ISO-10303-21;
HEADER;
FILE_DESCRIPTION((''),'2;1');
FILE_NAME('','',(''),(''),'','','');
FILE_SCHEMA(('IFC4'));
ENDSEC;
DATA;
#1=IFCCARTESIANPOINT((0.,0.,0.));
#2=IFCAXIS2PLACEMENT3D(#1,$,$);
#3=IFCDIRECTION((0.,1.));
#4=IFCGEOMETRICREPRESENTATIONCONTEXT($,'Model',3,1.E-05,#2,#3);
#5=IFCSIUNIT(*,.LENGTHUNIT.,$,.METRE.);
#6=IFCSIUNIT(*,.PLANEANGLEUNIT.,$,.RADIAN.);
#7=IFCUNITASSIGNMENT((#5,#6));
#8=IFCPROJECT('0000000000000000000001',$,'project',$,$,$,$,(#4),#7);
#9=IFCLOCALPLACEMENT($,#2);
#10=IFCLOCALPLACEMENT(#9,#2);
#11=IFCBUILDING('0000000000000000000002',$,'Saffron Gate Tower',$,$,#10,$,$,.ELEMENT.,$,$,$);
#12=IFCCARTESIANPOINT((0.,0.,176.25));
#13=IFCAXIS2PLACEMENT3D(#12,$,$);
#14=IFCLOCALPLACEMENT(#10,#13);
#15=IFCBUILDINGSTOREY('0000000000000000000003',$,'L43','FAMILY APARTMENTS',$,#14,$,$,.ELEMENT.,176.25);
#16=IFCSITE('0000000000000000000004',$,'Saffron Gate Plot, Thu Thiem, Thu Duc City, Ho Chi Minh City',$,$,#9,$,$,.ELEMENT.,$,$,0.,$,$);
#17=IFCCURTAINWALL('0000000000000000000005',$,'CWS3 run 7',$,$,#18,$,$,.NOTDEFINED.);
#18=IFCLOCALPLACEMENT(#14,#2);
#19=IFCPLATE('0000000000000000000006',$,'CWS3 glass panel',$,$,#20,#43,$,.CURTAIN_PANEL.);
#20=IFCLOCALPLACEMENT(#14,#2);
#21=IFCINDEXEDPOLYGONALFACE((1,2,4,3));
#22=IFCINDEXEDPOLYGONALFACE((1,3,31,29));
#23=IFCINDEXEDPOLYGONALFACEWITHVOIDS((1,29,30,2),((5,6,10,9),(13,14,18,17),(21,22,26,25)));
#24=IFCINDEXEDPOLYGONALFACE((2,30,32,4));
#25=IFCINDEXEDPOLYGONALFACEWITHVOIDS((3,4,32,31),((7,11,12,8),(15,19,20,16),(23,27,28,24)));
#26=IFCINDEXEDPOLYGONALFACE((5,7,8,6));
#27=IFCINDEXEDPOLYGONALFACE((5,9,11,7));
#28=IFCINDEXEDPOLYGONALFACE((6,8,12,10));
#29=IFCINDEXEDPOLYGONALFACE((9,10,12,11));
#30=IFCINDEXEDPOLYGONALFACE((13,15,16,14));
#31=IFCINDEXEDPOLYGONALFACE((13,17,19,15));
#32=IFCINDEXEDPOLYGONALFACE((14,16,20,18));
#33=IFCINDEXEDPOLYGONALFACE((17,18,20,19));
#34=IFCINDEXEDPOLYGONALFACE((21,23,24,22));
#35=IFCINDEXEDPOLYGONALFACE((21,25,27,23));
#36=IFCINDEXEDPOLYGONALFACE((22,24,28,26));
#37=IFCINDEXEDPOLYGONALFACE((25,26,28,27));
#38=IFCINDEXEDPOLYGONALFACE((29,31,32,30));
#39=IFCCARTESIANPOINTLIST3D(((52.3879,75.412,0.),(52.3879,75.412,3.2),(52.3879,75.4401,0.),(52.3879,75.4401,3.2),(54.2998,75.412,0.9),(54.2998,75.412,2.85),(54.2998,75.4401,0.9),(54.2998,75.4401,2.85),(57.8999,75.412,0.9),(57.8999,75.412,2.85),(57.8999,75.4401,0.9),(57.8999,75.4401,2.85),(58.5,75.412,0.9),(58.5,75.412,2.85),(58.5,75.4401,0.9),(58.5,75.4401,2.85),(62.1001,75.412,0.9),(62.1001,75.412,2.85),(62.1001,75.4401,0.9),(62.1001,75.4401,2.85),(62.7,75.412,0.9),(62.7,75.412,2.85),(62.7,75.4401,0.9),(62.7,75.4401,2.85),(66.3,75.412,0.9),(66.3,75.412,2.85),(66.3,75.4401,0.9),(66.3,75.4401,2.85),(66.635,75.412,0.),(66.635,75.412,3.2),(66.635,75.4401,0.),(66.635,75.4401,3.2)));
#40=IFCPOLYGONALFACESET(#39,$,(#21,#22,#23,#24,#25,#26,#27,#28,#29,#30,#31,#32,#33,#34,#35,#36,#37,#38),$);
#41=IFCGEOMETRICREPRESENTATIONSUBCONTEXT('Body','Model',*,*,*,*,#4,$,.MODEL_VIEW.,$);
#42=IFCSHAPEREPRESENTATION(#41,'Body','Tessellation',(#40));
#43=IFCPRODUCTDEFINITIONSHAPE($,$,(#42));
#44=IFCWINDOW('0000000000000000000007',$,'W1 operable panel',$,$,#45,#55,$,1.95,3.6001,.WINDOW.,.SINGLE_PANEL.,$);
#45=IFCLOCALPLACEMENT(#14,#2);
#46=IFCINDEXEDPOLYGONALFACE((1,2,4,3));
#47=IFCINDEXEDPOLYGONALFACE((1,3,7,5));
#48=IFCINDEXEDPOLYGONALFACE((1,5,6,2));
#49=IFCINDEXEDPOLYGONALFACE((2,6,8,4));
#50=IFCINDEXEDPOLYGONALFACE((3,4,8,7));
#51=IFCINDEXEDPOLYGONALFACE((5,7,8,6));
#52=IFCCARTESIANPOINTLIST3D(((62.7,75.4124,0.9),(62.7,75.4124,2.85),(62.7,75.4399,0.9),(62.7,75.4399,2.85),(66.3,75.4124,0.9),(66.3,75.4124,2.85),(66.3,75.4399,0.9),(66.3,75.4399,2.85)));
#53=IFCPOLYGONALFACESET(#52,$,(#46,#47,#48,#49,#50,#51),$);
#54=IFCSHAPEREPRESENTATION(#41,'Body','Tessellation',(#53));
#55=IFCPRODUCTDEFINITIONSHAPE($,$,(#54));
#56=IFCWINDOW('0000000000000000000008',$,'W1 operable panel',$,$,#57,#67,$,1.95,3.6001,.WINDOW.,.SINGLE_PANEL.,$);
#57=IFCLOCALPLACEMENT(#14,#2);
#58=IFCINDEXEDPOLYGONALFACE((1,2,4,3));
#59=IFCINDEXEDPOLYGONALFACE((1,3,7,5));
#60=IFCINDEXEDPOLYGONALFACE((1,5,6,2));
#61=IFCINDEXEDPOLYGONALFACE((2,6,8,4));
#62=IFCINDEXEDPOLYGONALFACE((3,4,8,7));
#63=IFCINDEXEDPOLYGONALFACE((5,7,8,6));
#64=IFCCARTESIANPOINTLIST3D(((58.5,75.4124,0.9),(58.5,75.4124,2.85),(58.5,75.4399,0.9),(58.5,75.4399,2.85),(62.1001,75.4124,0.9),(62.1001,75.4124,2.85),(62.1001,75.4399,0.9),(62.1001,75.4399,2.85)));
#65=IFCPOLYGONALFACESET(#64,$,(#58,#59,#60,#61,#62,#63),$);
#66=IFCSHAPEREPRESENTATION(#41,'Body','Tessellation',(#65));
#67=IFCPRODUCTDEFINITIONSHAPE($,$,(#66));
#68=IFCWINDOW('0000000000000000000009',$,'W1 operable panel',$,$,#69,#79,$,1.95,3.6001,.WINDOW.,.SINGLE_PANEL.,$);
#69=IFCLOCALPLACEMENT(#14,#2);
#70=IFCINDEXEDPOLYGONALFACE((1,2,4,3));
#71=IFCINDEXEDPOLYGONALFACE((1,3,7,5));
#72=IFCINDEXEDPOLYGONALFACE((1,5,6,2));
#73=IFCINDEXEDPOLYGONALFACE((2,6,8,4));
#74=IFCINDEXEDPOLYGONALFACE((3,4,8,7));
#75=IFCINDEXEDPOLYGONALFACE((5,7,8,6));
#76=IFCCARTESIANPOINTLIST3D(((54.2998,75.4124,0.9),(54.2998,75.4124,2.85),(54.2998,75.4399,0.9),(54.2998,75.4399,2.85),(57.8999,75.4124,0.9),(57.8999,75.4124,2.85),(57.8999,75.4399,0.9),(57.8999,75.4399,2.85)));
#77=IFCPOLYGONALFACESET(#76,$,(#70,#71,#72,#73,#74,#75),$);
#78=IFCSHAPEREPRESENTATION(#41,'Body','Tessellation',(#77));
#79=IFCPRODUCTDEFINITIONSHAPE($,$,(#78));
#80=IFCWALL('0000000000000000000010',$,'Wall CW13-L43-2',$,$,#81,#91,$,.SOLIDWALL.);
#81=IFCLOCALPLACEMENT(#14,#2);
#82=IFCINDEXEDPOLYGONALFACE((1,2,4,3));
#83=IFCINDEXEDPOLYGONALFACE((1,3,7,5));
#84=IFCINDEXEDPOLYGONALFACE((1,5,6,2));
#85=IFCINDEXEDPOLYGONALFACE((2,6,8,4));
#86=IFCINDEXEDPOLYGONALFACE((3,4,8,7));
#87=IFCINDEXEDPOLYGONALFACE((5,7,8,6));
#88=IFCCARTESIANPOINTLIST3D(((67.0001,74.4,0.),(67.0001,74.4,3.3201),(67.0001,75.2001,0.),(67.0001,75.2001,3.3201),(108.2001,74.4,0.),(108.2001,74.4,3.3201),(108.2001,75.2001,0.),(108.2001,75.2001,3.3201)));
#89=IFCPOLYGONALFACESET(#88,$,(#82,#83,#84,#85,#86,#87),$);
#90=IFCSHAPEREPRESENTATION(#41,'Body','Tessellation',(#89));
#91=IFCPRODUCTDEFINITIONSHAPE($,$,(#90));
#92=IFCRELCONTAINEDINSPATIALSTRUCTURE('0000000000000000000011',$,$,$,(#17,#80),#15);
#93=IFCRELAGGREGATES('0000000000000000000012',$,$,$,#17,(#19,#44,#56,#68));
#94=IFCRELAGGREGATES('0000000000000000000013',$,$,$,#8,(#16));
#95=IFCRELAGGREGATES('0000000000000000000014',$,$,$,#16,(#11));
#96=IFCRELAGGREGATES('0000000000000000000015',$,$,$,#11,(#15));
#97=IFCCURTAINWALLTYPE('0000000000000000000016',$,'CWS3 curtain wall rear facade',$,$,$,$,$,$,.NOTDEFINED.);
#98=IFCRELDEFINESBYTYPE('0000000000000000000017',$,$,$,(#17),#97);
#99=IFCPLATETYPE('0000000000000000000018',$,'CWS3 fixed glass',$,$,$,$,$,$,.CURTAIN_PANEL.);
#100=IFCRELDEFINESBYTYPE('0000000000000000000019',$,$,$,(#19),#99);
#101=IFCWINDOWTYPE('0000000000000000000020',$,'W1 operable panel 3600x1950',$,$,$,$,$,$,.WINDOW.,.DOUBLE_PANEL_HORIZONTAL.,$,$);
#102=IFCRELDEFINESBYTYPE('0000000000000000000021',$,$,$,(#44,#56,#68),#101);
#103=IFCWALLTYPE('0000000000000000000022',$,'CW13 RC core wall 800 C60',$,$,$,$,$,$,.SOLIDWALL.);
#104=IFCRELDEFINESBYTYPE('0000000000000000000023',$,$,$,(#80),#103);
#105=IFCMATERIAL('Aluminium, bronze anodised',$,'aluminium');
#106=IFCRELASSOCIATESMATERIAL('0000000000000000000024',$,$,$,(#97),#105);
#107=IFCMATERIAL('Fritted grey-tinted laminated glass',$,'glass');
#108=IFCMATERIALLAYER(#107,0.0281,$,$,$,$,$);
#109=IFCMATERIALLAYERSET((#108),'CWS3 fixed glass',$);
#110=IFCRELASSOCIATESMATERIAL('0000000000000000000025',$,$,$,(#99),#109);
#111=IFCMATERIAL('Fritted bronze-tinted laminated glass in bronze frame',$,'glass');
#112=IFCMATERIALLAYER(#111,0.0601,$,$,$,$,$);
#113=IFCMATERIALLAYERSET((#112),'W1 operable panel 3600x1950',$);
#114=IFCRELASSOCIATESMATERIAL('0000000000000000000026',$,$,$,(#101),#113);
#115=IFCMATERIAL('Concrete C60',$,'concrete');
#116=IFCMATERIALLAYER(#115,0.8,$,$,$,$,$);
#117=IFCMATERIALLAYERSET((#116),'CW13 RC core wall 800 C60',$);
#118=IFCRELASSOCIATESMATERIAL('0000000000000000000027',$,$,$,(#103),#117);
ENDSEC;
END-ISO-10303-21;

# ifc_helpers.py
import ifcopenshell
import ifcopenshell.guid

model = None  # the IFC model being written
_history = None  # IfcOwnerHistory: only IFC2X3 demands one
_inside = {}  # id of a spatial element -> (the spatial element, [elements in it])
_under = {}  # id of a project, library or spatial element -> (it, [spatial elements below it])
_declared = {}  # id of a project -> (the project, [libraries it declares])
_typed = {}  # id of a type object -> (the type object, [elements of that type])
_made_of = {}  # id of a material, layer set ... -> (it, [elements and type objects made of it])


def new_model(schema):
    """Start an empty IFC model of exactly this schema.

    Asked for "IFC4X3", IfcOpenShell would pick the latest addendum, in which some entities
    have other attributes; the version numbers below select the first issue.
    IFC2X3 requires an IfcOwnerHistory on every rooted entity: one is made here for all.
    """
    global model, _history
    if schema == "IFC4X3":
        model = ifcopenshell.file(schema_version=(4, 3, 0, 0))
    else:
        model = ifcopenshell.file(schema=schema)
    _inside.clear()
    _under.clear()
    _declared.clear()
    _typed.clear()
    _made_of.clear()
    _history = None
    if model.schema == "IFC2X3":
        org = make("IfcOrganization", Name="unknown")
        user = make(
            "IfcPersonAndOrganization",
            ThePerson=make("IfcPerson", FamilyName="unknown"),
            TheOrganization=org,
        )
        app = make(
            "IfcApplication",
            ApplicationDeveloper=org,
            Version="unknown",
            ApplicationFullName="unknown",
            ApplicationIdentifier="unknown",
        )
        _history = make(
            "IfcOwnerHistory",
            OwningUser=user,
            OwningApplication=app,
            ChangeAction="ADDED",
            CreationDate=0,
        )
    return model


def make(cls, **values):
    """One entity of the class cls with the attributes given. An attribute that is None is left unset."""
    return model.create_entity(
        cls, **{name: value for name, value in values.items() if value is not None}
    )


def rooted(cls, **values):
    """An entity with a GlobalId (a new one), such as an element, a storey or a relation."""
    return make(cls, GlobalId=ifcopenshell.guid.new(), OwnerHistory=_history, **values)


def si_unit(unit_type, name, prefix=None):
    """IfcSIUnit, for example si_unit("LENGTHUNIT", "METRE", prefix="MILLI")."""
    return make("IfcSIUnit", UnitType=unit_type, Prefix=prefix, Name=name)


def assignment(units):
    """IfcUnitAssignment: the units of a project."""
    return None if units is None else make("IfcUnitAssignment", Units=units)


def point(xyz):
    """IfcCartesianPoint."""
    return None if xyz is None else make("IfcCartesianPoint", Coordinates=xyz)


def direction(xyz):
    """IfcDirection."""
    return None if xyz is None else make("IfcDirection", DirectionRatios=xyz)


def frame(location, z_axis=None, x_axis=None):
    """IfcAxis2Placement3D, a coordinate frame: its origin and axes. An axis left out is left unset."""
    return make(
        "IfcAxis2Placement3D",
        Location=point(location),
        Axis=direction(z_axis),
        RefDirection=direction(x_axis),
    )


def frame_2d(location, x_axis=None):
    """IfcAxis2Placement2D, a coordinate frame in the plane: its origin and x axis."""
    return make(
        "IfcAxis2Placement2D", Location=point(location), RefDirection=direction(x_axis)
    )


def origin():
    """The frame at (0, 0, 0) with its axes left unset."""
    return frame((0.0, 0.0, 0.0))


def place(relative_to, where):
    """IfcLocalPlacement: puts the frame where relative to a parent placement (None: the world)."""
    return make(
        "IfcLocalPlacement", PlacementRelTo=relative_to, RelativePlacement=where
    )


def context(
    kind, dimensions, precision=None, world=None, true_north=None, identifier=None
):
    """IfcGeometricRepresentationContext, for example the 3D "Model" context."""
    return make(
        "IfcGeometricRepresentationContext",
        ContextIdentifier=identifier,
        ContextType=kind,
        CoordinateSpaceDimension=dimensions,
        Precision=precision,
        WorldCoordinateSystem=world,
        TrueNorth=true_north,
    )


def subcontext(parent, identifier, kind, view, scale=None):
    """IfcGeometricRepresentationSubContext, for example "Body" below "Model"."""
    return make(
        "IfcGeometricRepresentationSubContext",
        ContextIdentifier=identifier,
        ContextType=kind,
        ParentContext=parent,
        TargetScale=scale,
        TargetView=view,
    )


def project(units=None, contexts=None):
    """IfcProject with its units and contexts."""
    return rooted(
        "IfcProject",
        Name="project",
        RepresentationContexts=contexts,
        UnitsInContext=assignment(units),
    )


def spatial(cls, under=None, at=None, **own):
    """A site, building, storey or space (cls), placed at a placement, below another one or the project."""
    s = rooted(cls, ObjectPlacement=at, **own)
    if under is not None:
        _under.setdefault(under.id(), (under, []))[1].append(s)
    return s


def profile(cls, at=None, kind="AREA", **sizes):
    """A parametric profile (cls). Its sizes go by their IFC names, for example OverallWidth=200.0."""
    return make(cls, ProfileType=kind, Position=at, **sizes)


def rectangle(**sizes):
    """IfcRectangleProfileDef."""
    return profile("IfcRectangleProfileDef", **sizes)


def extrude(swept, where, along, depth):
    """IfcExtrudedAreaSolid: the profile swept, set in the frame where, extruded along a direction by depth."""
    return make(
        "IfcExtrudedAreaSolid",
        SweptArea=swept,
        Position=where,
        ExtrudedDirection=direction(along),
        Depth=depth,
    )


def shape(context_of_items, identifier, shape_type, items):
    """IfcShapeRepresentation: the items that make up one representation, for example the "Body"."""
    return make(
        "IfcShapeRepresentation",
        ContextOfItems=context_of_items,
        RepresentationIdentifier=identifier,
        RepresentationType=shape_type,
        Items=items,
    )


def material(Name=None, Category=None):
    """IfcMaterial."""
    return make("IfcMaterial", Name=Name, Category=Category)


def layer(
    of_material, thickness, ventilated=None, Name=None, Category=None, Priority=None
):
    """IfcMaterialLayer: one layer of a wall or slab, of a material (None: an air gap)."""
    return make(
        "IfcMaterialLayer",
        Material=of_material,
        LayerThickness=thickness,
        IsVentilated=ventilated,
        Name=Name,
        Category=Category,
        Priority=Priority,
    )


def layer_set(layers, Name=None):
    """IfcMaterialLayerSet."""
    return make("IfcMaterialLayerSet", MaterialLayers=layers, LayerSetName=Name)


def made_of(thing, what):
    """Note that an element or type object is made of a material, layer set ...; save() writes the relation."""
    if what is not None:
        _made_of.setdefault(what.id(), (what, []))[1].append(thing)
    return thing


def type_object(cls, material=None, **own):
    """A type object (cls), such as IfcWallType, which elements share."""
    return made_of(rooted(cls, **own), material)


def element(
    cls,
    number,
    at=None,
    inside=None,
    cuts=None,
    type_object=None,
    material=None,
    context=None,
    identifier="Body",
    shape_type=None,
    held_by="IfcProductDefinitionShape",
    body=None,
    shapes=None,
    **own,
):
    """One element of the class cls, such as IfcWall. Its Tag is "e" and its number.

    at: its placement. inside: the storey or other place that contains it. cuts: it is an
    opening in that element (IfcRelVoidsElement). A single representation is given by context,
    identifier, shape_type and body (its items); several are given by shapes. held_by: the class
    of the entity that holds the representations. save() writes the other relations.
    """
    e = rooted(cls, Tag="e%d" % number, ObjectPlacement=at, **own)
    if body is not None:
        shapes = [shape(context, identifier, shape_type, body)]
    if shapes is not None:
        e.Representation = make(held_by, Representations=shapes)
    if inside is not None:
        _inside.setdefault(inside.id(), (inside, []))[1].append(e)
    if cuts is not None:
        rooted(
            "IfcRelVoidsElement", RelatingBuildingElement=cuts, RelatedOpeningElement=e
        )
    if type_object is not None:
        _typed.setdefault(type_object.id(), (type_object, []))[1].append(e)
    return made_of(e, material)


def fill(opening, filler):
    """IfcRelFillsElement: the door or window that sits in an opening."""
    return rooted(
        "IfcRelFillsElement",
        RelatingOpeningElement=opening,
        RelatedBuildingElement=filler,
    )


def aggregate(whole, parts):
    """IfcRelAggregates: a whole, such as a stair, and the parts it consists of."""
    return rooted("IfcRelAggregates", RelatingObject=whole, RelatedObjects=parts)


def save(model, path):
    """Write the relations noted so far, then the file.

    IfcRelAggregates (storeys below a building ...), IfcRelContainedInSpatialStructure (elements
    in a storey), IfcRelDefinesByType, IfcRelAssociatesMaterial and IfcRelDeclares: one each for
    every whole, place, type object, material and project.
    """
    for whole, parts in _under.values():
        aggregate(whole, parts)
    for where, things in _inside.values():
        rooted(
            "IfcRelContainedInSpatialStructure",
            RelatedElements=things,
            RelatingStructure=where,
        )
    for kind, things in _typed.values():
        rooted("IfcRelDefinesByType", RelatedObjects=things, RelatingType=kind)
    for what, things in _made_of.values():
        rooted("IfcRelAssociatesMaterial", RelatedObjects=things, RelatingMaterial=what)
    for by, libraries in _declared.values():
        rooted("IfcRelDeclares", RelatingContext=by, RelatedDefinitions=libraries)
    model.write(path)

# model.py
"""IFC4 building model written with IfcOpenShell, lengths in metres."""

from ifc_helpers import new_model, si_unit, direction, frame, frame_2d, origin, place, context, subcontext, project, spatial, rectangle, extrude, material, layer, layer_set, type_object, element, fill, aggregate, save


model = new_model("IFC4")

# Units and contexts
model_context = context("Model", 3, precision=1e-05, world=origin(), true_north=direction((0.0, 1.0)))
body_context = subcontext(model_context, "Body", "Model", "MODEL_VIEW")
ifc_project = project(units=[si_unit("LENGTHUNIT", "METRE"), si_unit("PLANEANGLEUNIT", "RADIAN")], contexts=[model_context])

# Site, building, storey
site_placement = place(None, origin())
site = spatial("IfcSite", under=ifc_project, at=site_placement, Name="Saffron Gate Plot, Thu Thiem, Thu Duc City, Ho Chi Minh City", CompositionType="ELEMENT", RefElevation=0.0)
building_placement = place(site_placement, origin())
building = spatial("IfcBuilding", under=site, at=building_placement, Name="Saffron Gate Tower", CompositionType="ELEMENT")
storey_placement = place(building_placement, frame((0.0, 0.0, 176.25)))
storey = spatial("IfcBuildingStorey", under=building, at=storey_placement, Name="L43", Description="FAMILY APARTMENTS", CompositionType="ELEMENT", Elevation=176.25)

# Curtain wall, plate, openings, windows
ifc_material_1 = material(Name="Aluminium, bronze anodised", Category="aluminium")
curtain_wall_type = type_object("IfcCurtainWallType", Name="CWS3 curtain wall rear facade", PredefinedType="NOTDEFINED", material=ifc_material_1)
curtain_wall_placement = place(storey_placement, origin())
curtain_wall = element("IfcCurtainWall", 1, at=curtain_wall_placement, inside=storey, type_object=curtain_wall_type, Name="CWS3 run 7", PredefinedType="NOTDEFINED")
ifc_material_2 = material(Name="Fritted grey-tinted laminated glass", Category="glass")
ifc_layer_1 = layer(ifc_material_2, 0.0281)
ifc_layer_set_1 = layer_set([ifc_layer_1], Name="CWS3 fixed glass")
plate_type = type_object("IfcPlateType", Name="CWS3 fixed glass", PredefinedType="CURTAIN_PANEL", material=ifc_layer_set_1)
plate_placement = place(storey_placement, frame((66.635, 75.426, 0.0), z_axis=(0.0, 0.0, 1.0), x_axis=(-1.0, 0.0, 0.0)))
plate = element("IfcPlate", 2, at=plate_placement, type_object=plate_type, Name="CWS3 glass panel", PredefinedType="CURTAIN_PANEL", context=body_context, shape_type="SweptSolid", body=[
    extrude(rectangle(XDim=14.2471, YDim=0.0281, at=frame_2d((7.1235, 0.0))), origin(), (0.0, 0.0, 1.0), 3.2),
])
opening_1_placement = place(plate_placement, frame((0.335, 0.0, 0.8999)))
opening_1 = element("IfcOpeningElement", 3, at=opening_1_placement, cuts=plate, PredefinedType="OPENING", context=body_context, shape_type="SweptSolid", body=[
    extrude(rectangle(XDim=3.6001, YDim=1.95, at=frame_2d((1.8, 0.9751))), frame((0.0, 0.0239, 0.0), z_axis=(0.0, -1.0, 0.0), x_axis=(1.0, 0.0, 0.0)), (0.0, 0.0, 1.0), 0.0481),
])
opening_2_placement = place(plate_placement, frame((4.5349, 0.0, 0.8999)))
opening_2 = element("IfcOpeningElement", 4, at=opening_2_placement, cuts=plate, PredefinedType="OPENING", context=body_context, shape_type="SweptSolid", body=[
    extrude(rectangle(XDim=3.6001, YDim=1.95, at=frame_2d((1.8, 0.9751))), frame((0.0, 0.0239, 0.0), z_axis=(0.0, -1.0, 0.0), x_axis=(1.0, 0.0, 0.0)), (0.0, 0.0, 1.0), 0.0481),
])
opening_3_placement = place(plate_placement, frame((8.7351, 0.0, 0.8999)))
opening_3 = element("IfcOpeningElement", 5, at=opening_3_placement, cuts=plate, PredefinedType="OPENING", context=body_context, shape_type="SweptSolid", body=[
    extrude(rectangle(XDim=3.6001, YDim=1.95, at=frame_2d((1.8, 0.9751))), frame((0.0, 0.0239, 0.0), z_axis=(0.0, -1.0, 0.0), x_axis=(1.0, 0.0, 0.0)), (0.0, 0.0, 1.0), 0.0481),
])
ifc_material_3 = material(Name="Fritted bronze-tinted laminated glass in bronze frame", Category="glass")
ifc_layer_2 = layer(ifc_material_3, 0.0601)
ifc_layer_set_2 = layer_set([ifc_layer_2], Name="W1 operable panel 3600x1950")
window_type = type_object("IfcWindowType", Name="W1 operable panel 3600x1950", PartitioningType="DOUBLE_PANEL_HORIZONTAL", PredefinedType="WINDOW", material=ifc_layer_set_2)
window_1_placement = place(opening_1_placement, origin())
window_1 = element("IfcWindow", 6, at=window_1_placement, type_object=window_type, Name="W1 operable panel", OverallHeight=1.95, OverallWidth=3.6001, PartitioningType="SINGLE_PANEL", PredefinedType="WINDOW", context=body_context, shape_type="SweptSolid", body=[
    extrude(rectangle(XDim=3.6001, YDim=1.95, at=frame_2d((1.8, 0.9751))), frame((0.0, 0.0137, 0.0), z_axis=(0.0, -1.0, 0.0), x_axis=(1.0, 0.0, 0.0)), (0.0, 0.0, 1.0), 0.0276),
])
fill(opening_1, window_1)
window_2_placement = place(opening_2_placement, origin())
window_2 = element("IfcWindow", 7, at=window_2_placement, type_object=window_type, Name="W1 operable panel", OverallHeight=1.95, OverallWidth=3.6001, PartitioningType="SINGLE_PANEL", PredefinedType="WINDOW", context=body_context, shape_type="SweptSolid", body=[
    extrude(rectangle(XDim=3.6001, YDim=1.95, at=frame_2d((1.8, 0.9751))), frame((0.0, 0.0137, 0.0), z_axis=(0.0, -1.0, 0.0), x_axis=(1.0, 0.0, 0.0)), (0.0, 0.0, 1.0), 0.0276),
])
fill(opening_2, window_2)
window_3_placement = place(opening_3_placement, origin())
window_3 = element("IfcWindow", 8, at=window_3_placement, type_object=window_type, Name="W1 operable panel", OverallHeight=1.95, OverallWidth=3.6001, PartitioningType="SINGLE_PANEL", PredefinedType="WINDOW", context=body_context, shape_type="SweptSolid", body=[
    extrude(rectangle(XDim=3.6001, YDim=1.95, at=frame_2d((1.8, 0.9751))), frame((0.0, 0.0137, 0.0), z_axis=(0.0, -1.0, 0.0), x_axis=(1.0, 0.0, 0.0)), (0.0, 0.0, 1.0), 0.0276),
])
fill(opening_3, window_3)
aggregate(curtain_wall, [plate, window_1, window_2, window_3])

# Wall
ifc_material_4 = material(Name="Concrete C60", Category="concrete")
ifc_layer_3 = layer(ifc_material_4, 0.8)
ifc_layer_set_3 = layer_set([ifc_layer_3], Name="CW13 RC core wall 800 C60")
wall_type_1 = type_object("IfcWallType", Name="CW13 RC core wall 800 C60", PredefinedType="SOLIDWALL", material=ifc_layer_set_3)
wall_1_placement = place(storey_placement, frame((67.0, 74.8, 0.0), z_axis=(0.0, 0.0, 1.0), x_axis=(1.0, 0.0, 0.0)))
element("IfcWall", 9, at=wall_1_placement, inside=storey, type_object=wall_type_1, Name="Wall CW13-L43-2", PredefinedType="SOLIDWALL", context=body_context, shape_type="SweptSolid", body=[
    extrude(rectangle(XDim=41.2, YDim=0.8, at=frame_2d((20.6001, 0.0))), origin(), (0.0, 0.0, 1.0), 3.3201),
])

save(model, "model.ifc")
